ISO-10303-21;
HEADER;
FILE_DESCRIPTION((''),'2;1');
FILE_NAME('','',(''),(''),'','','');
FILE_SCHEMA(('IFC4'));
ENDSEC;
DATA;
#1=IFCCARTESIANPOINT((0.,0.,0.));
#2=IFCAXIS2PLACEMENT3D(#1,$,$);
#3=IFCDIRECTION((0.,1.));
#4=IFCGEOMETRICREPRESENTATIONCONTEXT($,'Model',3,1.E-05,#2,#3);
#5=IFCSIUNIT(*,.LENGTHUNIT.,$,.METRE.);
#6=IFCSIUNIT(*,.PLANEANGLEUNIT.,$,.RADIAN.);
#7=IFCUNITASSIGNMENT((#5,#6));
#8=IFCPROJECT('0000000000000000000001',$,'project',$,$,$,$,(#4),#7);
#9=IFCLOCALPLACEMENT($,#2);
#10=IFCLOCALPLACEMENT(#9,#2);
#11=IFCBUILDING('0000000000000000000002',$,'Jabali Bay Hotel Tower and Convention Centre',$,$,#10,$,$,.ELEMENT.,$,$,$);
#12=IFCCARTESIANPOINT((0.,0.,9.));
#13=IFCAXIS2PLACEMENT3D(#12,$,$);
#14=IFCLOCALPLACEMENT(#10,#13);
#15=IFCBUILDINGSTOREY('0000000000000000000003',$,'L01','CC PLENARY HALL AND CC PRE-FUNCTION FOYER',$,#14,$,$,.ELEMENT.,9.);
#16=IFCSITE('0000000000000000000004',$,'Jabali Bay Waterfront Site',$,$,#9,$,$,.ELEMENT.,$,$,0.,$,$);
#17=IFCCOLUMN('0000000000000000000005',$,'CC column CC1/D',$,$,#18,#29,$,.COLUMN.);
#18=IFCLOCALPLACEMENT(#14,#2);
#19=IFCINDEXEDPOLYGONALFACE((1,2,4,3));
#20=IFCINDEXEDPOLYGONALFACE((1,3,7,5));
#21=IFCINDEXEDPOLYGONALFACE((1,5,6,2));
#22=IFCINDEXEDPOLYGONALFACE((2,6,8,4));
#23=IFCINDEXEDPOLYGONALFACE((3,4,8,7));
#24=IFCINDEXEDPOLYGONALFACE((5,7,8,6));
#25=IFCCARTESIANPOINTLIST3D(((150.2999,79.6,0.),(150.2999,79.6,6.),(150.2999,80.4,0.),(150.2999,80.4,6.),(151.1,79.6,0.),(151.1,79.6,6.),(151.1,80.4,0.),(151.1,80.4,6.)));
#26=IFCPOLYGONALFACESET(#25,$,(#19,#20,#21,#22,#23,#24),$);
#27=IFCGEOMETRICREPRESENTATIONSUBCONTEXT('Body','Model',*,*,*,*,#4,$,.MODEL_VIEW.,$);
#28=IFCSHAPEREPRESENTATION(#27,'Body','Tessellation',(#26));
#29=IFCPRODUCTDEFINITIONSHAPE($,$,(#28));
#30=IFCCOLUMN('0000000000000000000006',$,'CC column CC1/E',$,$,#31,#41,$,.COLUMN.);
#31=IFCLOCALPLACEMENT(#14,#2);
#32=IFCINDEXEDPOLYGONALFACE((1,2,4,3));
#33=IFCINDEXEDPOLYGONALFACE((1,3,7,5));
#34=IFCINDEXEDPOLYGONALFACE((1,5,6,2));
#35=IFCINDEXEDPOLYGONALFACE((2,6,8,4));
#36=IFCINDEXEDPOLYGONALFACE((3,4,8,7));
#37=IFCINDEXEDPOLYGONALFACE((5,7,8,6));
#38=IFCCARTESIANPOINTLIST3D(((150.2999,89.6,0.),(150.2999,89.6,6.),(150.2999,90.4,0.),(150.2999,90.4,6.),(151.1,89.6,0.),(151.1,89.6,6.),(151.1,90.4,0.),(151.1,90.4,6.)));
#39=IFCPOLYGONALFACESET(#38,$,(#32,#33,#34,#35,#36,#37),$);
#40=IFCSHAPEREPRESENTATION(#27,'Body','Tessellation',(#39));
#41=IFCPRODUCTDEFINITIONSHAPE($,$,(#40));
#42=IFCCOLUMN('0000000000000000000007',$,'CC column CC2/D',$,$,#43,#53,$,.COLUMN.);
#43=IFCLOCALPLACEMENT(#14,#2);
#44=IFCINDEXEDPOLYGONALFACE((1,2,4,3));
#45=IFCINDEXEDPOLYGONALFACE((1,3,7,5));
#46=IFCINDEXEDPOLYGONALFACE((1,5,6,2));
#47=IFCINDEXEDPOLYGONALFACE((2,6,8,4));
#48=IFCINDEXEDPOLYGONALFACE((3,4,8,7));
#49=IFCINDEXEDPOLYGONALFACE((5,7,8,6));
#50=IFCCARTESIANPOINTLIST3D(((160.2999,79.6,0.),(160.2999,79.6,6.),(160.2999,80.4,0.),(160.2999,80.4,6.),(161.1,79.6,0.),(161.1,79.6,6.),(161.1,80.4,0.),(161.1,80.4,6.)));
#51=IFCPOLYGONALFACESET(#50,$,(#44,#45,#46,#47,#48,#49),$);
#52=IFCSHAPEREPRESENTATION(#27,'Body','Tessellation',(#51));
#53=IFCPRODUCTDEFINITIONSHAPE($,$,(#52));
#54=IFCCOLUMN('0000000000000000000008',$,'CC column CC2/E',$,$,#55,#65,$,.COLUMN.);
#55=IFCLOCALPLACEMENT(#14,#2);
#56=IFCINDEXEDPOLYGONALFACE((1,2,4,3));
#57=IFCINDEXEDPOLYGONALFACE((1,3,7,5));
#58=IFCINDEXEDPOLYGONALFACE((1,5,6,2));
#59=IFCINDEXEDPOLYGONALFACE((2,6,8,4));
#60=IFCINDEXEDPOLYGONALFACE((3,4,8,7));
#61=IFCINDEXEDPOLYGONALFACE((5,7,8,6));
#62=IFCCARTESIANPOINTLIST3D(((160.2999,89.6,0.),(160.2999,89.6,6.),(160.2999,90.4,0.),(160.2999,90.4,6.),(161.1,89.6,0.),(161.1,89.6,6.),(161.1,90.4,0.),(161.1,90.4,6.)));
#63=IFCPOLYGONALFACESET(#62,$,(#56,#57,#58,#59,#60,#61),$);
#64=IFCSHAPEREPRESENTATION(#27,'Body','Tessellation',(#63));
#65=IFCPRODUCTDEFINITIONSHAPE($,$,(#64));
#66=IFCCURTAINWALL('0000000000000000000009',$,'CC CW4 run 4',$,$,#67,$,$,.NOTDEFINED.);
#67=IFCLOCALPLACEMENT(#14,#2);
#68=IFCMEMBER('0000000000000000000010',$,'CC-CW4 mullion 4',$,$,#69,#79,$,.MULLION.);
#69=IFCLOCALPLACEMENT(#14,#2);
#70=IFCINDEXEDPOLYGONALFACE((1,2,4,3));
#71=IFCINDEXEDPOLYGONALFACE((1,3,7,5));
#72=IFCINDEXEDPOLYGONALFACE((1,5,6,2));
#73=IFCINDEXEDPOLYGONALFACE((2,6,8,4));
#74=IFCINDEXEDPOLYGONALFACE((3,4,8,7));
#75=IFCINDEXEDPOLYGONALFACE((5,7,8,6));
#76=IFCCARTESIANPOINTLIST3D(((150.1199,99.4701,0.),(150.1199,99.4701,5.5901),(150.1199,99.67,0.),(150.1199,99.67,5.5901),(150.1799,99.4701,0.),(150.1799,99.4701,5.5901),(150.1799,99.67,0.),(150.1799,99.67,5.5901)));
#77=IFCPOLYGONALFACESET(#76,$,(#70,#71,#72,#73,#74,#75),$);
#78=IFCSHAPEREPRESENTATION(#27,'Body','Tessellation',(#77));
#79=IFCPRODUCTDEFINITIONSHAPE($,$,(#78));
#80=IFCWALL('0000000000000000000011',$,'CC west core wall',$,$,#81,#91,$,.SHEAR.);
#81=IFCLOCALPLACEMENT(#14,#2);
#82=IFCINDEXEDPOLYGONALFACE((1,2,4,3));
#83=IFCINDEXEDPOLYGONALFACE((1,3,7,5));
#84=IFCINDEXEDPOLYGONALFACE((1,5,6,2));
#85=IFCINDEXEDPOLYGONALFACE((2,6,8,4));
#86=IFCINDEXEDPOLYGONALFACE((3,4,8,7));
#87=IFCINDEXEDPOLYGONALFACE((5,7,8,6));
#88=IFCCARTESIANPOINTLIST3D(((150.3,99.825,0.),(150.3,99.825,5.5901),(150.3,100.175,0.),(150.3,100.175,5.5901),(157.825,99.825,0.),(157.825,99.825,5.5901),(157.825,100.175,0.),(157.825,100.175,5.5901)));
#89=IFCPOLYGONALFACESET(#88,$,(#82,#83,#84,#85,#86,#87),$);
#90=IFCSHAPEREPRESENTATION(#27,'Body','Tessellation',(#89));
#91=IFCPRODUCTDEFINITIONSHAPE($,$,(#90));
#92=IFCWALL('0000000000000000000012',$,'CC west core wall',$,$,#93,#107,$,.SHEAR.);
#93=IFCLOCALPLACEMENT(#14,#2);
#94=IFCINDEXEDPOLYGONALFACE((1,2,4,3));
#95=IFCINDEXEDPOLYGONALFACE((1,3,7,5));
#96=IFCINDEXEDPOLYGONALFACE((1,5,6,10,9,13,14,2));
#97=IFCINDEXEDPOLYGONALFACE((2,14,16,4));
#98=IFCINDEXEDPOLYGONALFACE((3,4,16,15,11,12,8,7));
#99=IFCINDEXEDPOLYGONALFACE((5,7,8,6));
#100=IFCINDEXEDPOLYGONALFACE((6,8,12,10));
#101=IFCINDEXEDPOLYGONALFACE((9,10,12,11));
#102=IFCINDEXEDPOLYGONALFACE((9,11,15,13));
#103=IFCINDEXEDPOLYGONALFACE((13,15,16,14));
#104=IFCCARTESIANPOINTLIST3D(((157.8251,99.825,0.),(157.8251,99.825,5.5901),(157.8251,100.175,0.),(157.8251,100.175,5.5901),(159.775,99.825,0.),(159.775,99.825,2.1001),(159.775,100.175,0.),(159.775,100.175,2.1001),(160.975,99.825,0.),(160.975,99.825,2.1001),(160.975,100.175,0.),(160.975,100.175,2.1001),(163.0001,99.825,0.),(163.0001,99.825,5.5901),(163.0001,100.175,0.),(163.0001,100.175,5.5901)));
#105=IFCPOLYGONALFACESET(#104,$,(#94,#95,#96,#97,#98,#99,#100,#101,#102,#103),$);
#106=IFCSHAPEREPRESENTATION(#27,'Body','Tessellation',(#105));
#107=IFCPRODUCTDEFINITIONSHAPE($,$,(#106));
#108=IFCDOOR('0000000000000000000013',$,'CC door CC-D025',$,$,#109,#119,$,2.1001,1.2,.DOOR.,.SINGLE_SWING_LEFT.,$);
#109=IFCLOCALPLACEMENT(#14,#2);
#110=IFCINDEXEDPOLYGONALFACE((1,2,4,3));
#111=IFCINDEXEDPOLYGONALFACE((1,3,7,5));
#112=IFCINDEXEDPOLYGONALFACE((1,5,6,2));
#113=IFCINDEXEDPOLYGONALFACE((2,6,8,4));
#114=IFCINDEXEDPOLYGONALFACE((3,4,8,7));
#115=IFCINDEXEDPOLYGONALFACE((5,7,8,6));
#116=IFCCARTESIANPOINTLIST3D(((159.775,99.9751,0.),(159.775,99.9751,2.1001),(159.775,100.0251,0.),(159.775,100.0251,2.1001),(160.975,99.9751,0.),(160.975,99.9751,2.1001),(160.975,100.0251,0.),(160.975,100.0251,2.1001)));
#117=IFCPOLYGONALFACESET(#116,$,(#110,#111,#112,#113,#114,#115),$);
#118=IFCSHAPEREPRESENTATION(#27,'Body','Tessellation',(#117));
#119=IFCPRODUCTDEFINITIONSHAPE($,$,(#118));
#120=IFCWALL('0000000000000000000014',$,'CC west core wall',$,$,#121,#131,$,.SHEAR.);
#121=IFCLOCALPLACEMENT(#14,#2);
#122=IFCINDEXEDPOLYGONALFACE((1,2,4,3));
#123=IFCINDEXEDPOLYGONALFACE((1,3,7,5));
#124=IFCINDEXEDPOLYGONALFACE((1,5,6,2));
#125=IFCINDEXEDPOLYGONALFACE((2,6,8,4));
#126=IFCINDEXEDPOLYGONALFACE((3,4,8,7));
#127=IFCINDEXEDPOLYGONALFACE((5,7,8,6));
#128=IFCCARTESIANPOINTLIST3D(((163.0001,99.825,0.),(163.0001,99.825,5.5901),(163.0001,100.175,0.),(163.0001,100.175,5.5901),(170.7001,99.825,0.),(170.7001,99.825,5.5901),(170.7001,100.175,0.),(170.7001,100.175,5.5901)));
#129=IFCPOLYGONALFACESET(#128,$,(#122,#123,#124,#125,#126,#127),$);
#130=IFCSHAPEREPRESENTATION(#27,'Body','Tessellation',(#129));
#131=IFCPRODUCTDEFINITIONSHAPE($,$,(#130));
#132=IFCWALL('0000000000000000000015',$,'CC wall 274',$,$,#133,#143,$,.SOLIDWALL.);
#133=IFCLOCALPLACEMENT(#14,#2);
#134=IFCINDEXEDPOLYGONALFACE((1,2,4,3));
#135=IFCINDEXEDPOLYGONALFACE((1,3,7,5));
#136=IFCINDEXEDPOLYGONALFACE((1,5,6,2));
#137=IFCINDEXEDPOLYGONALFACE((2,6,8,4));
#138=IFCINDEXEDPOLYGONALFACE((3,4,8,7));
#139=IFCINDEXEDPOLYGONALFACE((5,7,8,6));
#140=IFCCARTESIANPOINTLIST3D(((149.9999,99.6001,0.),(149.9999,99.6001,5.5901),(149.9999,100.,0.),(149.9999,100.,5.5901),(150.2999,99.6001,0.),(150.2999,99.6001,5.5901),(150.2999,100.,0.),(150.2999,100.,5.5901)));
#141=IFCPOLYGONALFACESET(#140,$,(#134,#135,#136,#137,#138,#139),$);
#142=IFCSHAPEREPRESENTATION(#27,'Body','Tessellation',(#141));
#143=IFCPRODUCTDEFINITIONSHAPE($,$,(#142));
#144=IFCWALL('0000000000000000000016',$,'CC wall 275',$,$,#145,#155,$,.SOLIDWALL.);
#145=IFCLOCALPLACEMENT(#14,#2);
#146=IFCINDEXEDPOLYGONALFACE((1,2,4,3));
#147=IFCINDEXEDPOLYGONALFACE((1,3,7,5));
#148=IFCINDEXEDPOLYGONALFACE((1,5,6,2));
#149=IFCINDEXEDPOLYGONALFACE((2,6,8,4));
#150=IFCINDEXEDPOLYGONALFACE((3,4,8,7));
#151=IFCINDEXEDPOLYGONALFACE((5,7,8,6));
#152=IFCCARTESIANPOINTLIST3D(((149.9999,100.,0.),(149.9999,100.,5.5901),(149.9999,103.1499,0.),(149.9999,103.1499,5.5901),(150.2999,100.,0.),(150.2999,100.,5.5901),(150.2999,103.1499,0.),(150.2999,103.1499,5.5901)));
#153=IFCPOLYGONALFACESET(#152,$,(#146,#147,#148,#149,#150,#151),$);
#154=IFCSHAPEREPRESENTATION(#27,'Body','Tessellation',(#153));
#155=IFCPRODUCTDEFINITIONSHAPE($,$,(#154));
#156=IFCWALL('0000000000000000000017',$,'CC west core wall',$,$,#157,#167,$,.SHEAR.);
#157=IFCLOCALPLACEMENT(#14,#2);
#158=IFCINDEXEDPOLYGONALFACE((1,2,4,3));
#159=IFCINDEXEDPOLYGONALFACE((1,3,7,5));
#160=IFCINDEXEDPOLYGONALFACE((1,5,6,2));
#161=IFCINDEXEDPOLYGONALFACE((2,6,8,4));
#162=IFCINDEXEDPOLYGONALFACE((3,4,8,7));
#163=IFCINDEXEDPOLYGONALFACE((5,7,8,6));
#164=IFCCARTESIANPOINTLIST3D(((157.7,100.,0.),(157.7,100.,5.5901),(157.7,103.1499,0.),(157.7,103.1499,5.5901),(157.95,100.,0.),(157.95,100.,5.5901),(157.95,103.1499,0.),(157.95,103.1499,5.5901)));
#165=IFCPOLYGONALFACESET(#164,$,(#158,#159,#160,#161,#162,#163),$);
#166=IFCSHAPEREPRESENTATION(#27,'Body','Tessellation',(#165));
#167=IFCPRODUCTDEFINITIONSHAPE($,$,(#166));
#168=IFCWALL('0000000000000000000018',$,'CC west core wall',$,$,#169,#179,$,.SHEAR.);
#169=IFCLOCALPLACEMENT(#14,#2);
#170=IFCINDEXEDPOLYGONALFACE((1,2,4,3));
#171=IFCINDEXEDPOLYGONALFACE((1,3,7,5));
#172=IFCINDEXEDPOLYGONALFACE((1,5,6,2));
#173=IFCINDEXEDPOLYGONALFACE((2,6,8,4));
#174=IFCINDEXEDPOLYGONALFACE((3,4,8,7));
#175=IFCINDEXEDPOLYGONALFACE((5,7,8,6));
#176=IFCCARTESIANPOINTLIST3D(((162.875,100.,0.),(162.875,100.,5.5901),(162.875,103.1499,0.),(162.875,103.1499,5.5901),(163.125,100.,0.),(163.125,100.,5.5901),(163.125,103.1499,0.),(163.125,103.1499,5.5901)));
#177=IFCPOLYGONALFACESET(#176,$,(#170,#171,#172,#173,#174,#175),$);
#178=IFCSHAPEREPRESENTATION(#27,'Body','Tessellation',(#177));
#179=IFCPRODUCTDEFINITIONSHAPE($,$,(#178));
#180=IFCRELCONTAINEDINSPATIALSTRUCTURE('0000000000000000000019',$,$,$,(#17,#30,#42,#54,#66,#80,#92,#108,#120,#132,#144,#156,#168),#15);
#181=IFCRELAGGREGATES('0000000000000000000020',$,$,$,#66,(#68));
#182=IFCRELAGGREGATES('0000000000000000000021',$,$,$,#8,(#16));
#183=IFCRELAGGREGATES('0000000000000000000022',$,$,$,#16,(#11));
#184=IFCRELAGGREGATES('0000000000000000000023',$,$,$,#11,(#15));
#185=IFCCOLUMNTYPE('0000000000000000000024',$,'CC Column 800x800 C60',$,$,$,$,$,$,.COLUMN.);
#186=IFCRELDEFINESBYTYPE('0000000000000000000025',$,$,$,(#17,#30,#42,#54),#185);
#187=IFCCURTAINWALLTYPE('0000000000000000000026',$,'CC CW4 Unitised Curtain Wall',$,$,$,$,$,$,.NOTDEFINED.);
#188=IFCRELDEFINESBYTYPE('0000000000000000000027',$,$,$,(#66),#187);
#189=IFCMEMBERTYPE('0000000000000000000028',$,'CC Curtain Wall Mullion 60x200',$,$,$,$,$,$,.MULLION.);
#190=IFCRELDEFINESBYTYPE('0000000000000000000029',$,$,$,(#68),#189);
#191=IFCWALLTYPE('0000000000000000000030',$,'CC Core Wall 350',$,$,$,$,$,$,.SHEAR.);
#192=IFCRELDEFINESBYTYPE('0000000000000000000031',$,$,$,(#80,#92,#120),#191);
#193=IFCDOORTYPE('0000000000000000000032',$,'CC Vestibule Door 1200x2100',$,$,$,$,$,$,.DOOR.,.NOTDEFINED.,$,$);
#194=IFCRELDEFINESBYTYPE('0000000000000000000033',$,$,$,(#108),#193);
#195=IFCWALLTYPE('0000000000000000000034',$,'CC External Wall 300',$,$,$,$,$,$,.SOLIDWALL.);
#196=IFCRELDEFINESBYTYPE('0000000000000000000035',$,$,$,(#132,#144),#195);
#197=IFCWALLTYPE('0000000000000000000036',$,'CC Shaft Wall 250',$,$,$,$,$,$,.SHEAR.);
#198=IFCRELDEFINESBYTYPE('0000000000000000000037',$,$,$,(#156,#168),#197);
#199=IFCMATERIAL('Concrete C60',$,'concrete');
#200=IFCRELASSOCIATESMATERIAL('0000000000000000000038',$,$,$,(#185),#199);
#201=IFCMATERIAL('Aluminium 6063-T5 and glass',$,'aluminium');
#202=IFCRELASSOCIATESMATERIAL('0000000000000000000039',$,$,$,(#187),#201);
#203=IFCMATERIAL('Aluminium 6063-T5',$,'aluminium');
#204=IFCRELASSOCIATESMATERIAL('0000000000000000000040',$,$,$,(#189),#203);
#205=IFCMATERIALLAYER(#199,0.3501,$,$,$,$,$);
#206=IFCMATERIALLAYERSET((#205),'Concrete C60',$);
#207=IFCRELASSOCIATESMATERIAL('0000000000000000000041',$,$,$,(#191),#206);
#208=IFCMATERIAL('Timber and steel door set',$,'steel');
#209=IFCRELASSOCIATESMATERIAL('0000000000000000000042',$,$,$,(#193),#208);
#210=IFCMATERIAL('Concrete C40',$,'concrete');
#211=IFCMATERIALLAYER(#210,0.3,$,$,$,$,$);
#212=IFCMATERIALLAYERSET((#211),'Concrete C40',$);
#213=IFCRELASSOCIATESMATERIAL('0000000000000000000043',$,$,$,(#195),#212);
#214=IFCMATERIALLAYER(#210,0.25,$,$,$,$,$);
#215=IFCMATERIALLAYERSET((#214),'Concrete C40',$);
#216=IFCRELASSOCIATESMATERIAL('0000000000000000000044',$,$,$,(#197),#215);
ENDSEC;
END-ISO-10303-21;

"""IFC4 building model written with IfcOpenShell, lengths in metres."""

from ifc_helpers import new_model, si_unit, direction, frame, frame_2d, origin, origin_2d, place, context, subcontext, project, spatial, rectangle, extrude, material, layer, layer_set, material_profile, profile_set, type_object, element, fill, aggregate, save


model = new_model("IFC4")

# Units and contexts
model_context = context("Model", 3, precision=1e-05, world=origin(), true_north=direction((0.0, 1.0)))
body_context = subcontext(model_context, "Body", "Model", "MODEL_VIEW")
ifc_project = project(units=[si_unit("LENGTHUNIT", "METRE"), si_unit("PLANEANGLEUNIT", "RADIAN")], contexts=[model_context])

# Site, building, storey
site_placement = place(None, origin())
site = spatial("IfcSite", under=ifc_project, at=site_placement, Name="Jabali Bay Waterfront Site", CompositionType="ELEMENT", RefElevation=0.0)
building_placement = place(site_placement, origin())
building = spatial("IfcBuilding", under=site, at=building_placement, Name="Jabali Bay Hotel Tower and Convention Centre", CompositionType="ELEMENT")
storey_placement = place(building_placement, frame((0.0, 0.0, 9.0)))
storey = spatial("IfcBuildingStorey", under=building, at=storey_placement, Name="L01", Description="CC PLENARY HALL AND CC PRE-FUNCTION FOYER", CompositionType="ELEMENT", Elevation=9.0)

# Columns
ifc_material_1 = material(Name="Concrete C60", Category="concrete")
ifc_material_profile_1 = material_profile(ifc_material_1, rectangle(XDim=0.8, YDim=0.8, at=origin_2d()), Name="RC 800x800")
ifc_profile_set_1 = profile_set([ifc_material_profile_1], Name="Concrete C60")
column_type = type_object("IfcColumnType", Name="CC Column 800x800 C60", PredefinedType="COLUMN", material=ifc_profile_set_1)
for number, where, z_axis, x_axis, name in (
    (1, (150.7, 80.0, 0.0), (0.0, 0.0, 1.0), (1.0, 0.0, 0.0), "CC column CC1/D"),
    (2, (150.7, 90.0, 0.0), (0.0, 0.0, 1.0), (1.0, 0.0, 0.0), "CC column CC1/E"),
    (3, (160.7, 80.0, 0.0), (0.0, 0.0, 1.0), (1.0, 0.0, 0.0), "CC column CC2/D"),
    (4, (160.7, 90.0, 0.0), (0.0, 0.0, 1.0), (1.0, 0.0, 0.0), "CC column CC2/E"),
):
    element("IfcColumn", number, at=place(storey_placement, frame(where, z_axis=z_axis, x_axis=x_axis)), inside=storey, type_object=column_type, Name=name, PredefinedType="COLUMN", context=body_context, shape_type="SweptSolid", body=[
        extrude(rectangle(XDim=0.8, YDim=0.8, at=origin_2d()), origin(), (0.0, 0.0, 1.0), 6.0),
    ])

# Curtain wall, member
ifc_material_2 = material(Name="Aluminium 6063-T5 and glass", Category="aluminium")
curtain_wall_type = type_object("IfcCurtainWallType", Name="CC CW4 Unitised Curtain Wall", PredefinedType="NOTDEFINED", material=ifc_material_2)
curtain_wall_placement = place(storey_placement, origin())
curtain_wall = element("IfcCurtainWall", 5, at=curtain_wall_placement, inside=storey, type_object=curtain_wall_type, Name="CC CW4 run 4", PredefinedType="NOTDEFINED")
ifc_material_3 = material(Name="Aluminium 6063-T5", Category="aluminium")
ifc_material_profile_2 = material_profile(ifc_material_3, rectangle(XDim=0.0601, YDim=0.2, at=origin_2d()), Name="AL 60x200")
ifc_profile_set_2 = profile_set([ifc_material_profile_2], Name="Aluminium 6063-T5")
member_type = type_object("IfcMemberType", Name="CC Curtain Wall Mullion 60x200", PredefinedType="MULLION", material=ifc_profile_set_2)
member_placement = place(storey_placement, frame((150.1499, 99.5701, 0.0), z_axis=(0.0, 0.0, 1.0), x_axis=(-1.0, 0.0, 0.0)))
member = element("IfcMember", 6, at=member_placement, type_object=member_type, Name="CC-CW4 mullion 4", PredefinedType="MULLION", context=body_context, shape_type="SweptSolid", body=[
    extrude(rectangle(XDim=0.0601, YDim=0.2, at=origin_2d()), origin(), (0.0, 0.0, 1.0), 5.5901),
])
aggregate(curtain_wall, [member])

# Wall
ifc_layer_1 = layer(ifc_material_1, 0.3501)
ifc_layer_set_1 = layer_set([ifc_layer_1], Name="Concrete C60")
wall_type_1 = type_object("IfcWallType", Name="CC Core Wall 350", PredefinedType="SHEAR", material=ifc_layer_set_1)
wall_1_placement = place(storey_placement, frame((150.3, 100.0, 0.0), z_axis=(0.0, 0.0, 1.0), x_axis=(1.0, 0.0, 0.0)))
element("IfcWall", 7, at=wall_1_placement, inside=storey, type_object=wall_type_1, Name="CC west core wall", PredefinedType="SHEAR", context=body_context, shape_type="SweptSolid", body=[
    extrude(rectangle(XDim=7.5249, YDim=0.3501, at=frame_2d((3.7625, 0.0))), origin(), (0.0, 0.0, 1.0), 5.5901),
])

# Wall, opening, door
wall_2_placement = place(storey_placement, frame((163.0, 100.0, 0.0), z_axis=(0.0, 0.0, 1.0), x_axis=(-1.0, 0.0, 0.0)))
wall_2 = element("IfcWall", 8, at=wall_2_placement, inside=storey, type_object=wall_type_1, Name="CC west core wall", PredefinedType="SHEAR", context=body_context, shape_type="SweptSolid", body=[
    extrude(rectangle(XDim=5.175, YDim=0.3501, at=frame_2d((2.5874, 0.0))), origin(), (0.0, 0.0, 1.0), 5.5901),
])
opening_placement = place(wall_2_placement, frame((2.0249, 0.0, 0.0)))
opening = element("IfcOpeningElement", 9, at=opening_placement, cuts=wall_2, PredefinedType="OPENING", context=body_context, shape_type="SweptSolid", body=[
    extrude(rectangle(XDim=1.2, YDim=2.1001, at=frame_2d((0.6001, 1.05))), frame((0.0, 0.1855, 0.0), z_axis=(0.0, -1.0, 0.0), x_axis=(1.0, 0.0, 0.0)), (0.0, 0.0, 1.0), 0.3711),
])
ifc_material_4 = material(Name="Timber and steel door set", Category="steel")
door_type = type_object("IfcDoorType", Name="CC Vestibule Door 1200x2100", OperationType="NOTDEFINED", PredefinedType="DOOR", material=ifc_material_4)
door_placement = place(opening_placement, origin())
door = element("IfcDoor", 10, at=door_placement, inside=storey, type_object=door_type, Name="CC door CC-D025", OperationType="SINGLE_SWING_LEFT", OverallHeight=2.1001, OverallWidth=1.2, PredefinedType="DOOR", context=body_context, shape_type="SweptSolid", body=[
    extrude(rectangle(XDim=1.2, YDim=2.1001, at=frame_2d((0.6001, 1.05))), frame((0.0, 0.0249, 0.0), z_axis=(0.0, -1.0, 0.0), x_axis=(1.0, 0.0, 0.0)), (0.0, 0.0, 1.0), 0.05),
])
fill(opening, door)

# Walls
wall_3_placement = place(storey_placement, frame((163.0, 100.0, 0.0), z_axis=(0.0, 0.0, 1.0), x_axis=(1.0, 0.0, 0.0)))
element("IfcWall", 11, at=wall_3_placement, inside=storey, type_object=wall_type_1, Name="CC west core wall", PredefinedType="SHEAR", context=body_context, shape_type="SweptSolid", body=[
    extrude(rectangle(XDim=7.7, YDim=0.3501, at=frame_2d((3.8501, 0.0))), origin(), (0.0, 0.0, 1.0), 5.5901),
])
ifc_material_5 = material(Name="Concrete C40", Category="concrete")
ifc_layer_2 = layer(ifc_material_5, 0.3)
ifc_layer_set_2 = layer_set([ifc_layer_2], Name="Concrete C40")
wall_type_2 = type_object("IfcWallType", Name="CC External Wall 300", PredefinedType="SOLIDWALL", material=ifc_layer_set_2)
wall_4_placement = place(storey_placement, frame((150.1499, 99.6001, 0.0), z_axis=(0.0, 0.0, 1.0), x_axis=(0.0, 1.0, 0.0)))
element("IfcWall", 12, at=wall_4_placement, inside=storey, type_object=wall_type_2, Name="CC wall 274", PredefinedType="SOLIDWALL", context=body_context, shape_type="SweptSolid", body=[
    extrude(rectangle(XDim=0.3999, YDim=0.3, at=frame_2d((0.2, 0.0))), origin(), (0.0, 0.0, 1.0), 5.5901),
])
wall_5_placement = place(storey_placement, frame((150.1499, 100.0, 0.0), z_axis=(0.0, 0.0, 1.0), x_axis=(0.0, 1.0, 0.0)))
element("IfcWall", 13, at=wall_5_placement, inside=storey, type_object=wall_type_2, Name="CC wall 275", PredefinedType="SOLIDWALL", context=body_context, shape_type="SweptSolid", body=[
    extrude(rectangle(XDim=3.1499, YDim=0.3, at=frame_2d((1.575, 0.0))), origin(), (0.0, 0.0, 1.0), 5.5901),
])
ifc_layer_3 = layer(ifc_material_5, 0.25)
ifc_layer_set_3 = layer_set([ifc_layer_3], Name="Concrete C40")
wall_type_3 = type_object("IfcWallType", Name="CC Shaft Wall 250", PredefinedType="SHEAR", material=ifc_layer_set_3)
for number, where, z_axis, x_axis, name in (
    (14, (157.825, 100.0, 0.0), (0.0, 0.0, 1.0), (0.0, 1.0, 0.0), "CC west core wall"),
    (15, (163.0, 100.0, 0.0), (0.0, 0.0, 1.0), (0.0, 1.0, 0.0), "CC west core wall"),
):
    element("IfcWall", number, at=place(storey_placement, frame(where, z_axis=z_axis, x_axis=x_axis)), inside=storey, type_object=wall_type_3, Name=name, PredefinedType="SHEAR", context=body_context, shape_type="SweptSolid", body=[
        extrude(rectangle(XDim=3.1499, YDim=0.25, at=frame_2d((1.575, 0.0))), origin(), (0.0, 0.0, 1.0), 5.5901),
    ])

save(model, "model.ifc")
